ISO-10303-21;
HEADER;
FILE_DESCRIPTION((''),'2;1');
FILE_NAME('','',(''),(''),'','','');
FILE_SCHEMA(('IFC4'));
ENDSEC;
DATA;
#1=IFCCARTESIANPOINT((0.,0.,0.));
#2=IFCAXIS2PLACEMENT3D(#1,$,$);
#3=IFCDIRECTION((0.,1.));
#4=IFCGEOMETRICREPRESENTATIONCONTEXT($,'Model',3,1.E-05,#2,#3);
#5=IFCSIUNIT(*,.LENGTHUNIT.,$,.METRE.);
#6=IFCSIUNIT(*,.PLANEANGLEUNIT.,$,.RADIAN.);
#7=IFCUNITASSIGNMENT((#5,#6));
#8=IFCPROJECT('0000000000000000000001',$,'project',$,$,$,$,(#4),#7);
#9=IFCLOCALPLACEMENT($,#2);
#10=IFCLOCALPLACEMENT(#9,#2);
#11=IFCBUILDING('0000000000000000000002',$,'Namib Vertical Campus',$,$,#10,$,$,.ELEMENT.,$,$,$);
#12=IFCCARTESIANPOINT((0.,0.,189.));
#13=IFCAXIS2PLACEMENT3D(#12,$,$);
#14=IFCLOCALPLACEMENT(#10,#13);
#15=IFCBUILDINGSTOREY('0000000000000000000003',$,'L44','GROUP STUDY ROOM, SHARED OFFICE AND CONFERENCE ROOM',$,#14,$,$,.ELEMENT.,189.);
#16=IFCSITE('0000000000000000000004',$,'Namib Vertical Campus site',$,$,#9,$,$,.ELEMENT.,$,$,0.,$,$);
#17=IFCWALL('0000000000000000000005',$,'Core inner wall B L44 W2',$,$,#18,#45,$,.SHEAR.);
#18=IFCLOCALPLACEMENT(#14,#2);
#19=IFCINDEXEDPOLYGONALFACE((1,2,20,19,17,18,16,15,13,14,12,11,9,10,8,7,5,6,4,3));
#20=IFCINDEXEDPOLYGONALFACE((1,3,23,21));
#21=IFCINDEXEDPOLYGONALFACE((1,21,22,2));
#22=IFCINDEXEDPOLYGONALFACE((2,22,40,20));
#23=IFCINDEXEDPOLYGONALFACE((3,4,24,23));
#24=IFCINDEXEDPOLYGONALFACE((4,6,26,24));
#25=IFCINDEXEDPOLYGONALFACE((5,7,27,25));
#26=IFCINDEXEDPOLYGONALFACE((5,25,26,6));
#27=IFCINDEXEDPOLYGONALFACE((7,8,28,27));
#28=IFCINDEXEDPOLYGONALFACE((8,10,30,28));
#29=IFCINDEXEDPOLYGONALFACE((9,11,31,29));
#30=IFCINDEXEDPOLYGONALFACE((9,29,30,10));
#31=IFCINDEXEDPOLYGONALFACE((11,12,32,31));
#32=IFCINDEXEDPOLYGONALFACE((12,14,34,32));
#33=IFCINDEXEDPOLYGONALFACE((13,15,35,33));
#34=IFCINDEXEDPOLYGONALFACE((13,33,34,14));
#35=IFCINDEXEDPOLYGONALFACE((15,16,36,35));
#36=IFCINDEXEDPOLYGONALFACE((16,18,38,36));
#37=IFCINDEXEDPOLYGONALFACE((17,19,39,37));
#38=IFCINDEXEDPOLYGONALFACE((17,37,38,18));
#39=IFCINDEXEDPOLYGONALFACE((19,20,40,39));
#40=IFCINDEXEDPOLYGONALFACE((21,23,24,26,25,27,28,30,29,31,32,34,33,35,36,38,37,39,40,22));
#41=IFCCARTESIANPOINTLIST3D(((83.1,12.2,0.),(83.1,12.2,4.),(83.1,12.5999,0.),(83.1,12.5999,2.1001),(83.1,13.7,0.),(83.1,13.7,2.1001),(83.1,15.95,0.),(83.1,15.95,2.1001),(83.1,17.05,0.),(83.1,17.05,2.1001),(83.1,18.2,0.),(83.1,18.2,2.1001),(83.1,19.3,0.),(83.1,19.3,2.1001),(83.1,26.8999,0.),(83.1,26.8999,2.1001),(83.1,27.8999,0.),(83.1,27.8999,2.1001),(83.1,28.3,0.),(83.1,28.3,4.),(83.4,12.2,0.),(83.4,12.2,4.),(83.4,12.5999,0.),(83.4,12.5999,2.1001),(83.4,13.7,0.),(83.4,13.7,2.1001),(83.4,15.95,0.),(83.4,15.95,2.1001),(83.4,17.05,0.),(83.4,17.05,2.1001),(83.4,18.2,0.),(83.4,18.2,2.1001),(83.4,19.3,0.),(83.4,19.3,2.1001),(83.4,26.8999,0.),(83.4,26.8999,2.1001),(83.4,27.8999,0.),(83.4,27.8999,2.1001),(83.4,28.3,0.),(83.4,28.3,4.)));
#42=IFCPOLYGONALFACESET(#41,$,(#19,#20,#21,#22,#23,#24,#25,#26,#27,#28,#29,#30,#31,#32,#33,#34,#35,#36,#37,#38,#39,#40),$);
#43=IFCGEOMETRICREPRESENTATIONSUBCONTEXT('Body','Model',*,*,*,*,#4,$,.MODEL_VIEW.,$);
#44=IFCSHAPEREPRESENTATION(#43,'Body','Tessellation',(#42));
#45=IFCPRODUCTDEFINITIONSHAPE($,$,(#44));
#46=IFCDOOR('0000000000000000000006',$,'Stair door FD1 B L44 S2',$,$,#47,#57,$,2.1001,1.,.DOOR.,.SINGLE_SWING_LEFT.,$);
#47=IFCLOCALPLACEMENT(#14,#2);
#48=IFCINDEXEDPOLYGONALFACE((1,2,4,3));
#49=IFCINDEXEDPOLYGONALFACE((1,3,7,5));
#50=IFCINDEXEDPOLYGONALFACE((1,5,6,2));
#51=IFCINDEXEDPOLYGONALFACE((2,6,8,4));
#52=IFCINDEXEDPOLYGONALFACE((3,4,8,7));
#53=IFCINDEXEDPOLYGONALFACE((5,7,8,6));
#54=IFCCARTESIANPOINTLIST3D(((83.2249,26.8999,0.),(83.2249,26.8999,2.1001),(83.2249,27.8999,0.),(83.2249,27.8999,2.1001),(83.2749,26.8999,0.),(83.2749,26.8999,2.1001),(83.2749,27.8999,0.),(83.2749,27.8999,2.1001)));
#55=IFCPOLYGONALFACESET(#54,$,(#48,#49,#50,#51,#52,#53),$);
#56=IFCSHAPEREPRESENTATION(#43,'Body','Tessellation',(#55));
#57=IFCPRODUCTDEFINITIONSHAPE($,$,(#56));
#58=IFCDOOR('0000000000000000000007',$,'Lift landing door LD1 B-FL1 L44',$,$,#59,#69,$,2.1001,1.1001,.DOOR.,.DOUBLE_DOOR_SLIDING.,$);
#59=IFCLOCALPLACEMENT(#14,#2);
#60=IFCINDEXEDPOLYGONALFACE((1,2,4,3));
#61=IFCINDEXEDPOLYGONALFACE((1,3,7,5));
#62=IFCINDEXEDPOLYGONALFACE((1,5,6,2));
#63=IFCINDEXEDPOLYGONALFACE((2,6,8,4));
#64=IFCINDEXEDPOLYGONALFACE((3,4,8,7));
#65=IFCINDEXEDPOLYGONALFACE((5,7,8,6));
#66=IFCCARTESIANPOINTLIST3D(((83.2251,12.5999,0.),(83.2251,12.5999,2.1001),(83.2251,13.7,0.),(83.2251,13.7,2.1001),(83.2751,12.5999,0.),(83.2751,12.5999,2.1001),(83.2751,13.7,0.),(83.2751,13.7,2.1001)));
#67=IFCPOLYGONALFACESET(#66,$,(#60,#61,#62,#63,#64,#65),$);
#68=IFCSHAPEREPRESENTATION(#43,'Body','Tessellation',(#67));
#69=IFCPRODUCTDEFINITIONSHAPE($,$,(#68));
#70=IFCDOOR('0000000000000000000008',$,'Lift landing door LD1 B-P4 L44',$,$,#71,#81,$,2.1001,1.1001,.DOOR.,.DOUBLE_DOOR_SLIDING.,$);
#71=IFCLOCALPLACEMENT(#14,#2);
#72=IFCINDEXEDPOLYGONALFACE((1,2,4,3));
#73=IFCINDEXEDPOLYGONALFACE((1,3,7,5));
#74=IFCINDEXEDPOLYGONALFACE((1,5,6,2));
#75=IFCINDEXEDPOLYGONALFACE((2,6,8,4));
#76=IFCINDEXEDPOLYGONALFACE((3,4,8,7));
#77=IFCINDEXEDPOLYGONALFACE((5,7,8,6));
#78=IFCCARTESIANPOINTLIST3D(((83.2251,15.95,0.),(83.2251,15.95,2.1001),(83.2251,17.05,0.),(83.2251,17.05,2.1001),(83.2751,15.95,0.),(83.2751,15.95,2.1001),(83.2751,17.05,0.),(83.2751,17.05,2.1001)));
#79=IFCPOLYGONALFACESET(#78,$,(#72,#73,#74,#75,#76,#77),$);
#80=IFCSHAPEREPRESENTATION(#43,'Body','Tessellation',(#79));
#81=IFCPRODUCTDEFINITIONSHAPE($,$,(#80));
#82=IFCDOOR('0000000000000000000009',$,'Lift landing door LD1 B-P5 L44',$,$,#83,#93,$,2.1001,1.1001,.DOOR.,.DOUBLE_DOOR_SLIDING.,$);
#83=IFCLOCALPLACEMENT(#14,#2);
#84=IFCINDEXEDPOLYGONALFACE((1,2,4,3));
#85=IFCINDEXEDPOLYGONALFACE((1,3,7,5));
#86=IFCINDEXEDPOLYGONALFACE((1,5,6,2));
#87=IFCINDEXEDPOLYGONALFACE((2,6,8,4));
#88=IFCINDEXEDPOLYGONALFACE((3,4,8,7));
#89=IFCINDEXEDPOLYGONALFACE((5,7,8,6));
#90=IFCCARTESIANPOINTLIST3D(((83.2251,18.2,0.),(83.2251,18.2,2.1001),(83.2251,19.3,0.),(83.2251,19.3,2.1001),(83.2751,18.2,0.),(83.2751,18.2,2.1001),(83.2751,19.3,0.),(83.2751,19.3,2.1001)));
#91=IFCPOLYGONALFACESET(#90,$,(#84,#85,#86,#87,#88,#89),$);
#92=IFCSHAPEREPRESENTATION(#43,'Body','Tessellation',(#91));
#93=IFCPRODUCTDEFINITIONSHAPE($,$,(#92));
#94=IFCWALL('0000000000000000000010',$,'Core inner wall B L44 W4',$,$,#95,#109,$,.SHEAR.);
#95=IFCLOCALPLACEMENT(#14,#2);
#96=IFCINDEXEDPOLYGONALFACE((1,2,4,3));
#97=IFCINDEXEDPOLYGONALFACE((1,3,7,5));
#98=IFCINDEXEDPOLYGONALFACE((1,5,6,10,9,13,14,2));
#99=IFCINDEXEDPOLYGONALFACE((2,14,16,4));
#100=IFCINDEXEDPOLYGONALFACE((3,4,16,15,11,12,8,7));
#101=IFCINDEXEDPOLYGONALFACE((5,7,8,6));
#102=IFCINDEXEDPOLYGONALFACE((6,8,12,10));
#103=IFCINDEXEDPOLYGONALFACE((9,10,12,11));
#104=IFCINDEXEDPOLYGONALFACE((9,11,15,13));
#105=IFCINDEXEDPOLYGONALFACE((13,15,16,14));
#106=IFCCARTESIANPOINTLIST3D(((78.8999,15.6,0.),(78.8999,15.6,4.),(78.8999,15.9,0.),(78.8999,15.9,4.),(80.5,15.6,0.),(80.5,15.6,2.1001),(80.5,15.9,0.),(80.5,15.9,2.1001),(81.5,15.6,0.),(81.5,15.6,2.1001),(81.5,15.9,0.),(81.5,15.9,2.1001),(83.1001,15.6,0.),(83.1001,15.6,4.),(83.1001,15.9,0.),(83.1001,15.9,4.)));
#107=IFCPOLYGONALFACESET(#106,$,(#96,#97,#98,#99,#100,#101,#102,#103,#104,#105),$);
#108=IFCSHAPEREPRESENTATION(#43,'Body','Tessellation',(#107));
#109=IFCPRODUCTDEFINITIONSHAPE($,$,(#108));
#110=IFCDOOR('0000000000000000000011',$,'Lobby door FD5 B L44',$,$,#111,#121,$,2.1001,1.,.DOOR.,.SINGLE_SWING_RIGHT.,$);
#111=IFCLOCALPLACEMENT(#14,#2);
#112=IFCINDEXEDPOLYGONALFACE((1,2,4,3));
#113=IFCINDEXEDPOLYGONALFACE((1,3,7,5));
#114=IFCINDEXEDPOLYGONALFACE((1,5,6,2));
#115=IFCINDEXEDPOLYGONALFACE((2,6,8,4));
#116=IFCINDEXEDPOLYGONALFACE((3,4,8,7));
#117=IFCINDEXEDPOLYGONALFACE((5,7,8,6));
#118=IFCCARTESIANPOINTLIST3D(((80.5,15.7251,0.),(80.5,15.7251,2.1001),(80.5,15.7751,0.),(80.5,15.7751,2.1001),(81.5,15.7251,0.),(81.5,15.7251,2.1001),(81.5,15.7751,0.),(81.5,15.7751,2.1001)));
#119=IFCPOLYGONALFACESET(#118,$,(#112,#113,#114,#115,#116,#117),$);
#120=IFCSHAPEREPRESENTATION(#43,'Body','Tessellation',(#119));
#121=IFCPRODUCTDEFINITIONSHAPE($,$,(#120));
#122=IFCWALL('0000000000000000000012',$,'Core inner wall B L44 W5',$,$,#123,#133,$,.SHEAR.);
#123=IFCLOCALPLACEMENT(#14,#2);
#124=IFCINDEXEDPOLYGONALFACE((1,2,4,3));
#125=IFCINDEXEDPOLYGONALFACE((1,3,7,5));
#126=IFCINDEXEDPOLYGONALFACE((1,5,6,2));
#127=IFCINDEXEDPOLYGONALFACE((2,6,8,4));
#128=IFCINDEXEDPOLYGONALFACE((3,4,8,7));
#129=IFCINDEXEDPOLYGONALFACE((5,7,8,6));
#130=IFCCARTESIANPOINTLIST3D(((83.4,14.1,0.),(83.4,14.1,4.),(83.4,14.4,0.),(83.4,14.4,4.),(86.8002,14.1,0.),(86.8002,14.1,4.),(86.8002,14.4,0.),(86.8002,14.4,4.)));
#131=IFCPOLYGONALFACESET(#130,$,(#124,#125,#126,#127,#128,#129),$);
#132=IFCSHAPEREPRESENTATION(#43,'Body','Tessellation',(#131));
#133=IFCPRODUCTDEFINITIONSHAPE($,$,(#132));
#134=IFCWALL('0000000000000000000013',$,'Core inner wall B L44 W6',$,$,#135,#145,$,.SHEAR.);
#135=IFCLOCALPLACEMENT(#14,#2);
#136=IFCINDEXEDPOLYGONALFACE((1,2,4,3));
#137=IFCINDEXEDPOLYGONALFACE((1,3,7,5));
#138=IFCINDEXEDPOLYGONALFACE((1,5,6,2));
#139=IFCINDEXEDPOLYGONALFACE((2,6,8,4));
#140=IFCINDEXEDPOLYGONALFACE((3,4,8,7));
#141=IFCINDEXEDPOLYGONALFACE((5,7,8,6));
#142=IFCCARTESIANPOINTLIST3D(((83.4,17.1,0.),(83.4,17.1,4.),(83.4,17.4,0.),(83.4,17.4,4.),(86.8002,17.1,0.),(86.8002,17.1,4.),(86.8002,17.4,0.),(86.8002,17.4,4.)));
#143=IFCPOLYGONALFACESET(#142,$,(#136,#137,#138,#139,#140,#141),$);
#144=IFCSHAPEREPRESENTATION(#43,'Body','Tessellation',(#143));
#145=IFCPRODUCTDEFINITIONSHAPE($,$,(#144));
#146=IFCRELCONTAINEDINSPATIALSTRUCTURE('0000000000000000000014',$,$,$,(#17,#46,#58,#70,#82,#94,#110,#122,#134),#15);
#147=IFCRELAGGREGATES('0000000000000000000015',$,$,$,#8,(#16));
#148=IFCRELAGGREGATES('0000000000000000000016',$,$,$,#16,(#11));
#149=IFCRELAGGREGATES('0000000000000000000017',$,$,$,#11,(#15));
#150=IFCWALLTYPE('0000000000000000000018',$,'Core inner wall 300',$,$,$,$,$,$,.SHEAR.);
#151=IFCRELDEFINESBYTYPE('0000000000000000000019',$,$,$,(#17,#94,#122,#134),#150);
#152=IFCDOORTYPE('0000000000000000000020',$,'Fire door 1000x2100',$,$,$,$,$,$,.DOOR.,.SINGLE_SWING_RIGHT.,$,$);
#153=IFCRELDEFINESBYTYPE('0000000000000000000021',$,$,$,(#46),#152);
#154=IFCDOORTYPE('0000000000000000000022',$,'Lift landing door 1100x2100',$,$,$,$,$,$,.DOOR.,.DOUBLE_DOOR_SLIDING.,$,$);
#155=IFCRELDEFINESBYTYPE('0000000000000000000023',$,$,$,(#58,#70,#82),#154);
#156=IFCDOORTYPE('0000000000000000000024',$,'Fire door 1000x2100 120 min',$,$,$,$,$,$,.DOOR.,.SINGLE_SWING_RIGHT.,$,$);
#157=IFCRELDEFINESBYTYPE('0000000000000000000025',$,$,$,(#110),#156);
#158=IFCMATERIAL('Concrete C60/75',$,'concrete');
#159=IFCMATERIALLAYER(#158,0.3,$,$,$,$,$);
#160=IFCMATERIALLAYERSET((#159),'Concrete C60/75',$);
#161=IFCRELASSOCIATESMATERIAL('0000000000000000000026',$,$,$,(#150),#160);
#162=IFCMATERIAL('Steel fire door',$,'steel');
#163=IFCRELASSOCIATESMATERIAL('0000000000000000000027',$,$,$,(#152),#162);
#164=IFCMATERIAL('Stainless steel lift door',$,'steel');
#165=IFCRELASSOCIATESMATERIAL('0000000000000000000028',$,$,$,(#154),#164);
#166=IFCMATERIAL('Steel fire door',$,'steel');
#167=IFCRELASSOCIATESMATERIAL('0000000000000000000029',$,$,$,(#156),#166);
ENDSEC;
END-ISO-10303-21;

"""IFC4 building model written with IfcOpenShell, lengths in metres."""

from ifc_helpers import new_model, si_unit, direction, frame, frame_2d, origin, place, context, subcontext, project, spatial, rectangle, extrude, material, layer, layer_set, type_object, element, fill, save


model = new_model("IFC4")

# Units and contexts
model_context = context("Model", 3, precision=1e-05, world=origin(), true_north=direction((0.0, 1.0)))
body_context = subcontext(model_context, "Body", "Model", "MODEL_VIEW")
ifc_project = project(units=[si_unit("LENGTHUNIT", "METRE"), si_unit("PLANEANGLEUNIT", "RADIAN")], contexts=[model_context])

# Site, building, storey
site_placement = place(None, origin())
site = spatial("IfcSite", under=ifc_project, at=site_placement, Name="Namib Vertical Campus site", CompositionType="ELEMENT", RefElevation=0.0)
building_placement = place(site_placement, origin())
building = spatial("IfcBuilding", under=site, at=building_placement, Name="Namib Vertical Campus", CompositionType="ELEMENT")
storey_placement = place(building_placement, frame((0.0, 0.0, 189.0)))
storey = spatial("IfcBuildingStorey", under=building, at=storey_placement, Name="L44", Description="GROUP STUDY ROOM, SHARED OFFICE AND CONFERENCE ROOM", CompositionType="ELEMENT", Elevation=189.0)

# Wall, openings, doors
ifc_material_1 = material(Name="Concrete C60/75", Category="concrete")
ifc_layer_1 = layer(ifc_material_1, 0.3)
ifc_layer_set_1 = layer_set([ifc_layer_1], Name="Concrete C60/75")
wall_type_1 = type_object("IfcWallType", Name="Core inner wall 300", PredefinedType="SHEAR", material=ifc_layer_set_1)
ifc_material_2 = material(Name="Steel fire door", Category="steel")
door_type_1 = type_object("IfcDoorType", Name="Fire door 1000x2100", OperationType="SINGLE_SWING_RIGHT", PredefinedType="DOOR", material=ifc_material_2)
ifc_material_3 = material(Name="Stainless steel lift door", Category="steel")
door_type_2 = type_object("IfcDoorType", Name="Lift landing door 1100x2100", OperationType="DOUBLE_DOOR_SLIDING", PredefinedType="DOOR", material=ifc_material_3)
wall_1_placement = place(storey_placement, frame((83.25, 12.2, 0.0), z_axis=(0.0, 0.0, 1.0), x_axis=(0.0, 1.0, 0.0)))
wall_1 = element("IfcWall", 1, at=wall_1_placement, inside=storey, type_object=wall_type_1, Name="Core inner wall B L44 W2", PredefinedType="SHEAR", context=body_context, shape_type="SweptSolid", body=[
    extrude(rectangle(XDim=16.1001, YDim=0.3, at=frame_2d((8.05, 0.0))), origin(), (0.0, 0.0, 1.0), 4.0),
])
opening_1_placement = place(wall_1_placement, frame((14.7, 0.0, 0.0)))
opening_1 = element("IfcOpeningElement", 2, at=opening_1_placement, cuts=wall_1, PredefinedType="OPENING", context=body_context, shape_type="SweptSolid", body=[
    extrude(rectangle(XDim=1.0, YDim=2.1001, at=frame_2d((0.5, 1.05))), frame((0.0, 0.1599, 0.0), z_axis=(0.0, -1.0, 0.0), x_axis=(1.0, 0.0, 0.0)), (0.0, 0.0, 1.0), 0.3201),
])
opening_2_placement = place(wall_1_placement, frame((0.3999, 0.0, 0.0)))
opening_2 = element("IfcOpeningElement", 3, at=opening_2_placement, cuts=wall_1, PredefinedType="OPENING", context=body_context, shape_type="SweptSolid", body=[
    extrude(rectangle(XDim=1.1001, YDim=2.1001, at=frame_2d((0.55, 1.05))), frame((0.0, 0.1599, 0.0), z_axis=(0.0, -1.0, 0.0), x_axis=(1.0, 0.0, 0.0)), (0.0, 0.0, 1.0), 0.3201),
])
opening_3_placement = place(wall_1_placement, frame((3.75, 0.0, 0.0)))
opening_3 = element("IfcOpeningElement", 4, at=opening_3_placement, cuts=wall_1, PredefinedType="OPENING", context=body_context, shape_type="SweptSolid", body=[
    extrude(rectangle(XDim=1.1001, YDim=2.1001, at=frame_2d((0.55, 1.05))), frame((0.0, 0.1599, 0.0), z_axis=(0.0, -1.0, 0.0), x_axis=(1.0, 0.0, 0.0)), (0.0, 0.0, 1.0), 0.3201),
])
opening_4_placement = place(wall_1_placement, frame((6.0, 0.0, 0.0)))
opening_4 = element("IfcOpeningElement", 5, at=opening_4_placement, cuts=wall_1, PredefinedType="OPENING", context=body_context, shape_type="SweptSolid", body=[
    extrude(rectangle(XDim=1.1001, YDim=2.1001, at=frame_2d((0.55, 1.05))), frame((0.0, 0.1599, 0.0), z_axis=(0.0, -1.0, 0.0), x_axis=(1.0, 0.0, 0.0)), (0.0, 0.0, 1.0), 0.3201),
])
door_1_placement = place(opening_1_placement, frame((1.0, 0.0, 0.0), z_axis=(0.0, 0.0, 1.0), x_axis=(-1.0, 0.0, 0.0)))
door_1 = element("IfcDoor", 6, at=door_1_placement, inside=storey, type_object=door_type_1, Name="Stair door FD1 B L44 S2", OperationType="SINGLE_SWING_LEFT", OverallHeight=2.1001, OverallWidth=1.0, PredefinedType="DOOR", context=body_context, shape_type="SweptSolid", body=[
    extrude(rectangle(XDim=1.0, YDim=2.1001, at=frame_2d((0.5, 1.05))), frame((0.0, 0.0249, 0.0), z_axis=(0.0, -1.0, 0.0), x_axis=(1.0, 0.0, 0.0)), (0.0, 0.0, 1.0), 0.05),
])
fill(opening_1, door_1)
door_2_placement = place(opening_2_placement, origin())
door_2 = element("IfcDoor", 7, at=door_2_placement, inside=storey, type_object=door_type_2, Name="Lift landing door LD1 B-FL1 L44", OperationType="DOUBLE_DOOR_SLIDING", OverallHeight=2.1001, OverallWidth=1.1001, PredefinedType="DOOR", context=body_context, shape_type="SweptSolid", body=[
    extrude(rectangle(XDim=1.1001, YDim=2.1001, at=frame_2d((0.55, 1.05))), frame((0.0, 0.0249, 0.0), z_axis=(0.0, -1.0, 0.0), x_axis=(1.0, 0.0, 0.0)), (0.0, 0.0, 1.0), 0.05),
])
fill(opening_2, door_2)
door_3_placement = place(opening_3_placement, origin())
door_3 = element("IfcDoor", 8, at=door_3_placement, inside=storey, type_object=door_type_2, Name="Lift landing door LD1 B-P4 L44", OperationType="DOUBLE_DOOR_SLIDING", OverallHeight=2.1001, OverallWidth=1.1001, PredefinedType="DOOR", context=body_context, shape_type="SweptSolid", body=[
    extrude(rectangle(XDim=1.1001, YDim=2.1001, at=frame_2d((0.55, 1.05))), frame((0.0, 0.0249, 0.0), z_axis=(0.0, -1.0, 0.0), x_axis=(1.0, 0.0, 0.0)), (0.0, 0.0, 1.0), 0.05),
])
fill(opening_3, door_3)
door_4_placement = place(opening_4_placement, origin())
door_4 = element("IfcDoor", 9, at=door_4_placement, inside=storey, type_object=door_type_2, Name="Lift landing door LD1 B-P5 L44", OperationType="DOUBLE_DOOR_SLIDING", OverallHeight=2.1001, OverallWidth=1.1001, PredefinedType="DOOR", context=body_context, shape_type="SweptSolid", body=[
    extrude(rectangle(XDim=1.1001, YDim=2.1001, at=frame_2d((0.55, 1.05))), frame((0.0, 0.0249, 0.0), z_axis=(0.0, -1.0, 0.0), x_axis=(1.0, 0.0, 0.0)), (0.0, 0.0, 1.0), 0.05),
])
fill(opening_4, door_4)

# Wall, opening, door
wall_2_placement = place(storey_placement, frame((78.8999, 15.75, 0.0), z_axis=(0.0, 0.0, 1.0), x_axis=(1.0, 0.0, 0.0)))
wall_2 = element("IfcWall", 10, at=wall_2_placement, inside=storey, type_object=wall_type_1, Name="Core inner wall B L44 W4", PredefinedType="SHEAR", context=body_context, shape_type="SweptSolid", body=[
    extrude(rectangle(XDim=4.2002, YDim=0.3, at=frame_2d((2.1001, 0.0))), origin(), (0.0, 0.0, 1.0), 4.0),
])
opening_5_placement = place(wall_2_placement, frame((1.6001, 0.0, 0.0)))
opening_5 = element("IfcOpeningElement", 11, at=opening_5_placement, cuts=wall_2, PredefinedType="OPENING", context=body_context, shape_type="SweptSolid", body=[
    extrude(rectangle(XDim=1.0, YDim=2.1001, at=frame_2d((0.5, 1.05))), frame((0.0, 0.1599, 0.0), z_axis=(0.0, -1.0, 0.0), x_axis=(1.0, 0.0, 0.0)), (0.0, 0.0, 1.0), 0.3201),
])
ifc_material_4 = material(Name="Steel fire door", Category="steel")
door_type_3 = type_object("IfcDoorType", Name="Fire door 1000x2100 120 min", OperationType="SINGLE_SWING_RIGHT", PredefinedType="DOOR", material=ifc_material_4)
door_5_placement = place(opening_5_placement, frame((1.0, 0.0, 0.0), z_axis=(0.0, 0.0, 1.0), x_axis=(-1.0, 0.0, 0.0)))
door_5 = element("IfcDoor", 12, at=door_5_placement, inside=storey, type_object=door_type_3, Name="Lobby door FD5 B L44", OperationType="SINGLE_SWING_RIGHT", OverallHeight=2.1001, OverallWidth=1.0, PredefinedType="DOOR", context=body_context, shape_type="SweptSolid", body=[
    extrude(rectangle(XDim=1.0, YDim=2.1001, at=frame_2d((0.5, 1.05))), frame((0.0, 0.0249, 0.0), z_axis=(0.0, -1.0, 0.0), x_axis=(1.0, 0.0, 0.0)), (0.0, 0.0, 1.0), 0.05),
])
fill(opening_5, door_5)

# Walls
for number, where, z_axis, x_axis, name in (
    (13, (83.3999, 14.25, 0.0), (0.0, 0.0, 1.0), (1.0, 0.0, 0.0), "Core inner wall B L44 W5"),
    (14, (83.3999, 17.25, 0.0), (0.0, 0.0, 1.0), (1.0, 0.0, 0.0), "Core inner wall B L44 W6"),
):
    element("IfcWall", number, at=place(storey_placement, frame(where, z_axis=z_axis, x_axis=x_axis)), inside=storey, type_object=wall_type_1, Name=name, PredefinedType="SHEAR", context=body_context, shape_type="SweptSolid", body=[
        extrude(rectangle(XDim=3.4001, YDim=0.3, at=frame_2d((1.7002, 0.0))), origin(), (0.0, 0.0, 1.0), 4.0),
    ])

save(model, "model.ifc")
